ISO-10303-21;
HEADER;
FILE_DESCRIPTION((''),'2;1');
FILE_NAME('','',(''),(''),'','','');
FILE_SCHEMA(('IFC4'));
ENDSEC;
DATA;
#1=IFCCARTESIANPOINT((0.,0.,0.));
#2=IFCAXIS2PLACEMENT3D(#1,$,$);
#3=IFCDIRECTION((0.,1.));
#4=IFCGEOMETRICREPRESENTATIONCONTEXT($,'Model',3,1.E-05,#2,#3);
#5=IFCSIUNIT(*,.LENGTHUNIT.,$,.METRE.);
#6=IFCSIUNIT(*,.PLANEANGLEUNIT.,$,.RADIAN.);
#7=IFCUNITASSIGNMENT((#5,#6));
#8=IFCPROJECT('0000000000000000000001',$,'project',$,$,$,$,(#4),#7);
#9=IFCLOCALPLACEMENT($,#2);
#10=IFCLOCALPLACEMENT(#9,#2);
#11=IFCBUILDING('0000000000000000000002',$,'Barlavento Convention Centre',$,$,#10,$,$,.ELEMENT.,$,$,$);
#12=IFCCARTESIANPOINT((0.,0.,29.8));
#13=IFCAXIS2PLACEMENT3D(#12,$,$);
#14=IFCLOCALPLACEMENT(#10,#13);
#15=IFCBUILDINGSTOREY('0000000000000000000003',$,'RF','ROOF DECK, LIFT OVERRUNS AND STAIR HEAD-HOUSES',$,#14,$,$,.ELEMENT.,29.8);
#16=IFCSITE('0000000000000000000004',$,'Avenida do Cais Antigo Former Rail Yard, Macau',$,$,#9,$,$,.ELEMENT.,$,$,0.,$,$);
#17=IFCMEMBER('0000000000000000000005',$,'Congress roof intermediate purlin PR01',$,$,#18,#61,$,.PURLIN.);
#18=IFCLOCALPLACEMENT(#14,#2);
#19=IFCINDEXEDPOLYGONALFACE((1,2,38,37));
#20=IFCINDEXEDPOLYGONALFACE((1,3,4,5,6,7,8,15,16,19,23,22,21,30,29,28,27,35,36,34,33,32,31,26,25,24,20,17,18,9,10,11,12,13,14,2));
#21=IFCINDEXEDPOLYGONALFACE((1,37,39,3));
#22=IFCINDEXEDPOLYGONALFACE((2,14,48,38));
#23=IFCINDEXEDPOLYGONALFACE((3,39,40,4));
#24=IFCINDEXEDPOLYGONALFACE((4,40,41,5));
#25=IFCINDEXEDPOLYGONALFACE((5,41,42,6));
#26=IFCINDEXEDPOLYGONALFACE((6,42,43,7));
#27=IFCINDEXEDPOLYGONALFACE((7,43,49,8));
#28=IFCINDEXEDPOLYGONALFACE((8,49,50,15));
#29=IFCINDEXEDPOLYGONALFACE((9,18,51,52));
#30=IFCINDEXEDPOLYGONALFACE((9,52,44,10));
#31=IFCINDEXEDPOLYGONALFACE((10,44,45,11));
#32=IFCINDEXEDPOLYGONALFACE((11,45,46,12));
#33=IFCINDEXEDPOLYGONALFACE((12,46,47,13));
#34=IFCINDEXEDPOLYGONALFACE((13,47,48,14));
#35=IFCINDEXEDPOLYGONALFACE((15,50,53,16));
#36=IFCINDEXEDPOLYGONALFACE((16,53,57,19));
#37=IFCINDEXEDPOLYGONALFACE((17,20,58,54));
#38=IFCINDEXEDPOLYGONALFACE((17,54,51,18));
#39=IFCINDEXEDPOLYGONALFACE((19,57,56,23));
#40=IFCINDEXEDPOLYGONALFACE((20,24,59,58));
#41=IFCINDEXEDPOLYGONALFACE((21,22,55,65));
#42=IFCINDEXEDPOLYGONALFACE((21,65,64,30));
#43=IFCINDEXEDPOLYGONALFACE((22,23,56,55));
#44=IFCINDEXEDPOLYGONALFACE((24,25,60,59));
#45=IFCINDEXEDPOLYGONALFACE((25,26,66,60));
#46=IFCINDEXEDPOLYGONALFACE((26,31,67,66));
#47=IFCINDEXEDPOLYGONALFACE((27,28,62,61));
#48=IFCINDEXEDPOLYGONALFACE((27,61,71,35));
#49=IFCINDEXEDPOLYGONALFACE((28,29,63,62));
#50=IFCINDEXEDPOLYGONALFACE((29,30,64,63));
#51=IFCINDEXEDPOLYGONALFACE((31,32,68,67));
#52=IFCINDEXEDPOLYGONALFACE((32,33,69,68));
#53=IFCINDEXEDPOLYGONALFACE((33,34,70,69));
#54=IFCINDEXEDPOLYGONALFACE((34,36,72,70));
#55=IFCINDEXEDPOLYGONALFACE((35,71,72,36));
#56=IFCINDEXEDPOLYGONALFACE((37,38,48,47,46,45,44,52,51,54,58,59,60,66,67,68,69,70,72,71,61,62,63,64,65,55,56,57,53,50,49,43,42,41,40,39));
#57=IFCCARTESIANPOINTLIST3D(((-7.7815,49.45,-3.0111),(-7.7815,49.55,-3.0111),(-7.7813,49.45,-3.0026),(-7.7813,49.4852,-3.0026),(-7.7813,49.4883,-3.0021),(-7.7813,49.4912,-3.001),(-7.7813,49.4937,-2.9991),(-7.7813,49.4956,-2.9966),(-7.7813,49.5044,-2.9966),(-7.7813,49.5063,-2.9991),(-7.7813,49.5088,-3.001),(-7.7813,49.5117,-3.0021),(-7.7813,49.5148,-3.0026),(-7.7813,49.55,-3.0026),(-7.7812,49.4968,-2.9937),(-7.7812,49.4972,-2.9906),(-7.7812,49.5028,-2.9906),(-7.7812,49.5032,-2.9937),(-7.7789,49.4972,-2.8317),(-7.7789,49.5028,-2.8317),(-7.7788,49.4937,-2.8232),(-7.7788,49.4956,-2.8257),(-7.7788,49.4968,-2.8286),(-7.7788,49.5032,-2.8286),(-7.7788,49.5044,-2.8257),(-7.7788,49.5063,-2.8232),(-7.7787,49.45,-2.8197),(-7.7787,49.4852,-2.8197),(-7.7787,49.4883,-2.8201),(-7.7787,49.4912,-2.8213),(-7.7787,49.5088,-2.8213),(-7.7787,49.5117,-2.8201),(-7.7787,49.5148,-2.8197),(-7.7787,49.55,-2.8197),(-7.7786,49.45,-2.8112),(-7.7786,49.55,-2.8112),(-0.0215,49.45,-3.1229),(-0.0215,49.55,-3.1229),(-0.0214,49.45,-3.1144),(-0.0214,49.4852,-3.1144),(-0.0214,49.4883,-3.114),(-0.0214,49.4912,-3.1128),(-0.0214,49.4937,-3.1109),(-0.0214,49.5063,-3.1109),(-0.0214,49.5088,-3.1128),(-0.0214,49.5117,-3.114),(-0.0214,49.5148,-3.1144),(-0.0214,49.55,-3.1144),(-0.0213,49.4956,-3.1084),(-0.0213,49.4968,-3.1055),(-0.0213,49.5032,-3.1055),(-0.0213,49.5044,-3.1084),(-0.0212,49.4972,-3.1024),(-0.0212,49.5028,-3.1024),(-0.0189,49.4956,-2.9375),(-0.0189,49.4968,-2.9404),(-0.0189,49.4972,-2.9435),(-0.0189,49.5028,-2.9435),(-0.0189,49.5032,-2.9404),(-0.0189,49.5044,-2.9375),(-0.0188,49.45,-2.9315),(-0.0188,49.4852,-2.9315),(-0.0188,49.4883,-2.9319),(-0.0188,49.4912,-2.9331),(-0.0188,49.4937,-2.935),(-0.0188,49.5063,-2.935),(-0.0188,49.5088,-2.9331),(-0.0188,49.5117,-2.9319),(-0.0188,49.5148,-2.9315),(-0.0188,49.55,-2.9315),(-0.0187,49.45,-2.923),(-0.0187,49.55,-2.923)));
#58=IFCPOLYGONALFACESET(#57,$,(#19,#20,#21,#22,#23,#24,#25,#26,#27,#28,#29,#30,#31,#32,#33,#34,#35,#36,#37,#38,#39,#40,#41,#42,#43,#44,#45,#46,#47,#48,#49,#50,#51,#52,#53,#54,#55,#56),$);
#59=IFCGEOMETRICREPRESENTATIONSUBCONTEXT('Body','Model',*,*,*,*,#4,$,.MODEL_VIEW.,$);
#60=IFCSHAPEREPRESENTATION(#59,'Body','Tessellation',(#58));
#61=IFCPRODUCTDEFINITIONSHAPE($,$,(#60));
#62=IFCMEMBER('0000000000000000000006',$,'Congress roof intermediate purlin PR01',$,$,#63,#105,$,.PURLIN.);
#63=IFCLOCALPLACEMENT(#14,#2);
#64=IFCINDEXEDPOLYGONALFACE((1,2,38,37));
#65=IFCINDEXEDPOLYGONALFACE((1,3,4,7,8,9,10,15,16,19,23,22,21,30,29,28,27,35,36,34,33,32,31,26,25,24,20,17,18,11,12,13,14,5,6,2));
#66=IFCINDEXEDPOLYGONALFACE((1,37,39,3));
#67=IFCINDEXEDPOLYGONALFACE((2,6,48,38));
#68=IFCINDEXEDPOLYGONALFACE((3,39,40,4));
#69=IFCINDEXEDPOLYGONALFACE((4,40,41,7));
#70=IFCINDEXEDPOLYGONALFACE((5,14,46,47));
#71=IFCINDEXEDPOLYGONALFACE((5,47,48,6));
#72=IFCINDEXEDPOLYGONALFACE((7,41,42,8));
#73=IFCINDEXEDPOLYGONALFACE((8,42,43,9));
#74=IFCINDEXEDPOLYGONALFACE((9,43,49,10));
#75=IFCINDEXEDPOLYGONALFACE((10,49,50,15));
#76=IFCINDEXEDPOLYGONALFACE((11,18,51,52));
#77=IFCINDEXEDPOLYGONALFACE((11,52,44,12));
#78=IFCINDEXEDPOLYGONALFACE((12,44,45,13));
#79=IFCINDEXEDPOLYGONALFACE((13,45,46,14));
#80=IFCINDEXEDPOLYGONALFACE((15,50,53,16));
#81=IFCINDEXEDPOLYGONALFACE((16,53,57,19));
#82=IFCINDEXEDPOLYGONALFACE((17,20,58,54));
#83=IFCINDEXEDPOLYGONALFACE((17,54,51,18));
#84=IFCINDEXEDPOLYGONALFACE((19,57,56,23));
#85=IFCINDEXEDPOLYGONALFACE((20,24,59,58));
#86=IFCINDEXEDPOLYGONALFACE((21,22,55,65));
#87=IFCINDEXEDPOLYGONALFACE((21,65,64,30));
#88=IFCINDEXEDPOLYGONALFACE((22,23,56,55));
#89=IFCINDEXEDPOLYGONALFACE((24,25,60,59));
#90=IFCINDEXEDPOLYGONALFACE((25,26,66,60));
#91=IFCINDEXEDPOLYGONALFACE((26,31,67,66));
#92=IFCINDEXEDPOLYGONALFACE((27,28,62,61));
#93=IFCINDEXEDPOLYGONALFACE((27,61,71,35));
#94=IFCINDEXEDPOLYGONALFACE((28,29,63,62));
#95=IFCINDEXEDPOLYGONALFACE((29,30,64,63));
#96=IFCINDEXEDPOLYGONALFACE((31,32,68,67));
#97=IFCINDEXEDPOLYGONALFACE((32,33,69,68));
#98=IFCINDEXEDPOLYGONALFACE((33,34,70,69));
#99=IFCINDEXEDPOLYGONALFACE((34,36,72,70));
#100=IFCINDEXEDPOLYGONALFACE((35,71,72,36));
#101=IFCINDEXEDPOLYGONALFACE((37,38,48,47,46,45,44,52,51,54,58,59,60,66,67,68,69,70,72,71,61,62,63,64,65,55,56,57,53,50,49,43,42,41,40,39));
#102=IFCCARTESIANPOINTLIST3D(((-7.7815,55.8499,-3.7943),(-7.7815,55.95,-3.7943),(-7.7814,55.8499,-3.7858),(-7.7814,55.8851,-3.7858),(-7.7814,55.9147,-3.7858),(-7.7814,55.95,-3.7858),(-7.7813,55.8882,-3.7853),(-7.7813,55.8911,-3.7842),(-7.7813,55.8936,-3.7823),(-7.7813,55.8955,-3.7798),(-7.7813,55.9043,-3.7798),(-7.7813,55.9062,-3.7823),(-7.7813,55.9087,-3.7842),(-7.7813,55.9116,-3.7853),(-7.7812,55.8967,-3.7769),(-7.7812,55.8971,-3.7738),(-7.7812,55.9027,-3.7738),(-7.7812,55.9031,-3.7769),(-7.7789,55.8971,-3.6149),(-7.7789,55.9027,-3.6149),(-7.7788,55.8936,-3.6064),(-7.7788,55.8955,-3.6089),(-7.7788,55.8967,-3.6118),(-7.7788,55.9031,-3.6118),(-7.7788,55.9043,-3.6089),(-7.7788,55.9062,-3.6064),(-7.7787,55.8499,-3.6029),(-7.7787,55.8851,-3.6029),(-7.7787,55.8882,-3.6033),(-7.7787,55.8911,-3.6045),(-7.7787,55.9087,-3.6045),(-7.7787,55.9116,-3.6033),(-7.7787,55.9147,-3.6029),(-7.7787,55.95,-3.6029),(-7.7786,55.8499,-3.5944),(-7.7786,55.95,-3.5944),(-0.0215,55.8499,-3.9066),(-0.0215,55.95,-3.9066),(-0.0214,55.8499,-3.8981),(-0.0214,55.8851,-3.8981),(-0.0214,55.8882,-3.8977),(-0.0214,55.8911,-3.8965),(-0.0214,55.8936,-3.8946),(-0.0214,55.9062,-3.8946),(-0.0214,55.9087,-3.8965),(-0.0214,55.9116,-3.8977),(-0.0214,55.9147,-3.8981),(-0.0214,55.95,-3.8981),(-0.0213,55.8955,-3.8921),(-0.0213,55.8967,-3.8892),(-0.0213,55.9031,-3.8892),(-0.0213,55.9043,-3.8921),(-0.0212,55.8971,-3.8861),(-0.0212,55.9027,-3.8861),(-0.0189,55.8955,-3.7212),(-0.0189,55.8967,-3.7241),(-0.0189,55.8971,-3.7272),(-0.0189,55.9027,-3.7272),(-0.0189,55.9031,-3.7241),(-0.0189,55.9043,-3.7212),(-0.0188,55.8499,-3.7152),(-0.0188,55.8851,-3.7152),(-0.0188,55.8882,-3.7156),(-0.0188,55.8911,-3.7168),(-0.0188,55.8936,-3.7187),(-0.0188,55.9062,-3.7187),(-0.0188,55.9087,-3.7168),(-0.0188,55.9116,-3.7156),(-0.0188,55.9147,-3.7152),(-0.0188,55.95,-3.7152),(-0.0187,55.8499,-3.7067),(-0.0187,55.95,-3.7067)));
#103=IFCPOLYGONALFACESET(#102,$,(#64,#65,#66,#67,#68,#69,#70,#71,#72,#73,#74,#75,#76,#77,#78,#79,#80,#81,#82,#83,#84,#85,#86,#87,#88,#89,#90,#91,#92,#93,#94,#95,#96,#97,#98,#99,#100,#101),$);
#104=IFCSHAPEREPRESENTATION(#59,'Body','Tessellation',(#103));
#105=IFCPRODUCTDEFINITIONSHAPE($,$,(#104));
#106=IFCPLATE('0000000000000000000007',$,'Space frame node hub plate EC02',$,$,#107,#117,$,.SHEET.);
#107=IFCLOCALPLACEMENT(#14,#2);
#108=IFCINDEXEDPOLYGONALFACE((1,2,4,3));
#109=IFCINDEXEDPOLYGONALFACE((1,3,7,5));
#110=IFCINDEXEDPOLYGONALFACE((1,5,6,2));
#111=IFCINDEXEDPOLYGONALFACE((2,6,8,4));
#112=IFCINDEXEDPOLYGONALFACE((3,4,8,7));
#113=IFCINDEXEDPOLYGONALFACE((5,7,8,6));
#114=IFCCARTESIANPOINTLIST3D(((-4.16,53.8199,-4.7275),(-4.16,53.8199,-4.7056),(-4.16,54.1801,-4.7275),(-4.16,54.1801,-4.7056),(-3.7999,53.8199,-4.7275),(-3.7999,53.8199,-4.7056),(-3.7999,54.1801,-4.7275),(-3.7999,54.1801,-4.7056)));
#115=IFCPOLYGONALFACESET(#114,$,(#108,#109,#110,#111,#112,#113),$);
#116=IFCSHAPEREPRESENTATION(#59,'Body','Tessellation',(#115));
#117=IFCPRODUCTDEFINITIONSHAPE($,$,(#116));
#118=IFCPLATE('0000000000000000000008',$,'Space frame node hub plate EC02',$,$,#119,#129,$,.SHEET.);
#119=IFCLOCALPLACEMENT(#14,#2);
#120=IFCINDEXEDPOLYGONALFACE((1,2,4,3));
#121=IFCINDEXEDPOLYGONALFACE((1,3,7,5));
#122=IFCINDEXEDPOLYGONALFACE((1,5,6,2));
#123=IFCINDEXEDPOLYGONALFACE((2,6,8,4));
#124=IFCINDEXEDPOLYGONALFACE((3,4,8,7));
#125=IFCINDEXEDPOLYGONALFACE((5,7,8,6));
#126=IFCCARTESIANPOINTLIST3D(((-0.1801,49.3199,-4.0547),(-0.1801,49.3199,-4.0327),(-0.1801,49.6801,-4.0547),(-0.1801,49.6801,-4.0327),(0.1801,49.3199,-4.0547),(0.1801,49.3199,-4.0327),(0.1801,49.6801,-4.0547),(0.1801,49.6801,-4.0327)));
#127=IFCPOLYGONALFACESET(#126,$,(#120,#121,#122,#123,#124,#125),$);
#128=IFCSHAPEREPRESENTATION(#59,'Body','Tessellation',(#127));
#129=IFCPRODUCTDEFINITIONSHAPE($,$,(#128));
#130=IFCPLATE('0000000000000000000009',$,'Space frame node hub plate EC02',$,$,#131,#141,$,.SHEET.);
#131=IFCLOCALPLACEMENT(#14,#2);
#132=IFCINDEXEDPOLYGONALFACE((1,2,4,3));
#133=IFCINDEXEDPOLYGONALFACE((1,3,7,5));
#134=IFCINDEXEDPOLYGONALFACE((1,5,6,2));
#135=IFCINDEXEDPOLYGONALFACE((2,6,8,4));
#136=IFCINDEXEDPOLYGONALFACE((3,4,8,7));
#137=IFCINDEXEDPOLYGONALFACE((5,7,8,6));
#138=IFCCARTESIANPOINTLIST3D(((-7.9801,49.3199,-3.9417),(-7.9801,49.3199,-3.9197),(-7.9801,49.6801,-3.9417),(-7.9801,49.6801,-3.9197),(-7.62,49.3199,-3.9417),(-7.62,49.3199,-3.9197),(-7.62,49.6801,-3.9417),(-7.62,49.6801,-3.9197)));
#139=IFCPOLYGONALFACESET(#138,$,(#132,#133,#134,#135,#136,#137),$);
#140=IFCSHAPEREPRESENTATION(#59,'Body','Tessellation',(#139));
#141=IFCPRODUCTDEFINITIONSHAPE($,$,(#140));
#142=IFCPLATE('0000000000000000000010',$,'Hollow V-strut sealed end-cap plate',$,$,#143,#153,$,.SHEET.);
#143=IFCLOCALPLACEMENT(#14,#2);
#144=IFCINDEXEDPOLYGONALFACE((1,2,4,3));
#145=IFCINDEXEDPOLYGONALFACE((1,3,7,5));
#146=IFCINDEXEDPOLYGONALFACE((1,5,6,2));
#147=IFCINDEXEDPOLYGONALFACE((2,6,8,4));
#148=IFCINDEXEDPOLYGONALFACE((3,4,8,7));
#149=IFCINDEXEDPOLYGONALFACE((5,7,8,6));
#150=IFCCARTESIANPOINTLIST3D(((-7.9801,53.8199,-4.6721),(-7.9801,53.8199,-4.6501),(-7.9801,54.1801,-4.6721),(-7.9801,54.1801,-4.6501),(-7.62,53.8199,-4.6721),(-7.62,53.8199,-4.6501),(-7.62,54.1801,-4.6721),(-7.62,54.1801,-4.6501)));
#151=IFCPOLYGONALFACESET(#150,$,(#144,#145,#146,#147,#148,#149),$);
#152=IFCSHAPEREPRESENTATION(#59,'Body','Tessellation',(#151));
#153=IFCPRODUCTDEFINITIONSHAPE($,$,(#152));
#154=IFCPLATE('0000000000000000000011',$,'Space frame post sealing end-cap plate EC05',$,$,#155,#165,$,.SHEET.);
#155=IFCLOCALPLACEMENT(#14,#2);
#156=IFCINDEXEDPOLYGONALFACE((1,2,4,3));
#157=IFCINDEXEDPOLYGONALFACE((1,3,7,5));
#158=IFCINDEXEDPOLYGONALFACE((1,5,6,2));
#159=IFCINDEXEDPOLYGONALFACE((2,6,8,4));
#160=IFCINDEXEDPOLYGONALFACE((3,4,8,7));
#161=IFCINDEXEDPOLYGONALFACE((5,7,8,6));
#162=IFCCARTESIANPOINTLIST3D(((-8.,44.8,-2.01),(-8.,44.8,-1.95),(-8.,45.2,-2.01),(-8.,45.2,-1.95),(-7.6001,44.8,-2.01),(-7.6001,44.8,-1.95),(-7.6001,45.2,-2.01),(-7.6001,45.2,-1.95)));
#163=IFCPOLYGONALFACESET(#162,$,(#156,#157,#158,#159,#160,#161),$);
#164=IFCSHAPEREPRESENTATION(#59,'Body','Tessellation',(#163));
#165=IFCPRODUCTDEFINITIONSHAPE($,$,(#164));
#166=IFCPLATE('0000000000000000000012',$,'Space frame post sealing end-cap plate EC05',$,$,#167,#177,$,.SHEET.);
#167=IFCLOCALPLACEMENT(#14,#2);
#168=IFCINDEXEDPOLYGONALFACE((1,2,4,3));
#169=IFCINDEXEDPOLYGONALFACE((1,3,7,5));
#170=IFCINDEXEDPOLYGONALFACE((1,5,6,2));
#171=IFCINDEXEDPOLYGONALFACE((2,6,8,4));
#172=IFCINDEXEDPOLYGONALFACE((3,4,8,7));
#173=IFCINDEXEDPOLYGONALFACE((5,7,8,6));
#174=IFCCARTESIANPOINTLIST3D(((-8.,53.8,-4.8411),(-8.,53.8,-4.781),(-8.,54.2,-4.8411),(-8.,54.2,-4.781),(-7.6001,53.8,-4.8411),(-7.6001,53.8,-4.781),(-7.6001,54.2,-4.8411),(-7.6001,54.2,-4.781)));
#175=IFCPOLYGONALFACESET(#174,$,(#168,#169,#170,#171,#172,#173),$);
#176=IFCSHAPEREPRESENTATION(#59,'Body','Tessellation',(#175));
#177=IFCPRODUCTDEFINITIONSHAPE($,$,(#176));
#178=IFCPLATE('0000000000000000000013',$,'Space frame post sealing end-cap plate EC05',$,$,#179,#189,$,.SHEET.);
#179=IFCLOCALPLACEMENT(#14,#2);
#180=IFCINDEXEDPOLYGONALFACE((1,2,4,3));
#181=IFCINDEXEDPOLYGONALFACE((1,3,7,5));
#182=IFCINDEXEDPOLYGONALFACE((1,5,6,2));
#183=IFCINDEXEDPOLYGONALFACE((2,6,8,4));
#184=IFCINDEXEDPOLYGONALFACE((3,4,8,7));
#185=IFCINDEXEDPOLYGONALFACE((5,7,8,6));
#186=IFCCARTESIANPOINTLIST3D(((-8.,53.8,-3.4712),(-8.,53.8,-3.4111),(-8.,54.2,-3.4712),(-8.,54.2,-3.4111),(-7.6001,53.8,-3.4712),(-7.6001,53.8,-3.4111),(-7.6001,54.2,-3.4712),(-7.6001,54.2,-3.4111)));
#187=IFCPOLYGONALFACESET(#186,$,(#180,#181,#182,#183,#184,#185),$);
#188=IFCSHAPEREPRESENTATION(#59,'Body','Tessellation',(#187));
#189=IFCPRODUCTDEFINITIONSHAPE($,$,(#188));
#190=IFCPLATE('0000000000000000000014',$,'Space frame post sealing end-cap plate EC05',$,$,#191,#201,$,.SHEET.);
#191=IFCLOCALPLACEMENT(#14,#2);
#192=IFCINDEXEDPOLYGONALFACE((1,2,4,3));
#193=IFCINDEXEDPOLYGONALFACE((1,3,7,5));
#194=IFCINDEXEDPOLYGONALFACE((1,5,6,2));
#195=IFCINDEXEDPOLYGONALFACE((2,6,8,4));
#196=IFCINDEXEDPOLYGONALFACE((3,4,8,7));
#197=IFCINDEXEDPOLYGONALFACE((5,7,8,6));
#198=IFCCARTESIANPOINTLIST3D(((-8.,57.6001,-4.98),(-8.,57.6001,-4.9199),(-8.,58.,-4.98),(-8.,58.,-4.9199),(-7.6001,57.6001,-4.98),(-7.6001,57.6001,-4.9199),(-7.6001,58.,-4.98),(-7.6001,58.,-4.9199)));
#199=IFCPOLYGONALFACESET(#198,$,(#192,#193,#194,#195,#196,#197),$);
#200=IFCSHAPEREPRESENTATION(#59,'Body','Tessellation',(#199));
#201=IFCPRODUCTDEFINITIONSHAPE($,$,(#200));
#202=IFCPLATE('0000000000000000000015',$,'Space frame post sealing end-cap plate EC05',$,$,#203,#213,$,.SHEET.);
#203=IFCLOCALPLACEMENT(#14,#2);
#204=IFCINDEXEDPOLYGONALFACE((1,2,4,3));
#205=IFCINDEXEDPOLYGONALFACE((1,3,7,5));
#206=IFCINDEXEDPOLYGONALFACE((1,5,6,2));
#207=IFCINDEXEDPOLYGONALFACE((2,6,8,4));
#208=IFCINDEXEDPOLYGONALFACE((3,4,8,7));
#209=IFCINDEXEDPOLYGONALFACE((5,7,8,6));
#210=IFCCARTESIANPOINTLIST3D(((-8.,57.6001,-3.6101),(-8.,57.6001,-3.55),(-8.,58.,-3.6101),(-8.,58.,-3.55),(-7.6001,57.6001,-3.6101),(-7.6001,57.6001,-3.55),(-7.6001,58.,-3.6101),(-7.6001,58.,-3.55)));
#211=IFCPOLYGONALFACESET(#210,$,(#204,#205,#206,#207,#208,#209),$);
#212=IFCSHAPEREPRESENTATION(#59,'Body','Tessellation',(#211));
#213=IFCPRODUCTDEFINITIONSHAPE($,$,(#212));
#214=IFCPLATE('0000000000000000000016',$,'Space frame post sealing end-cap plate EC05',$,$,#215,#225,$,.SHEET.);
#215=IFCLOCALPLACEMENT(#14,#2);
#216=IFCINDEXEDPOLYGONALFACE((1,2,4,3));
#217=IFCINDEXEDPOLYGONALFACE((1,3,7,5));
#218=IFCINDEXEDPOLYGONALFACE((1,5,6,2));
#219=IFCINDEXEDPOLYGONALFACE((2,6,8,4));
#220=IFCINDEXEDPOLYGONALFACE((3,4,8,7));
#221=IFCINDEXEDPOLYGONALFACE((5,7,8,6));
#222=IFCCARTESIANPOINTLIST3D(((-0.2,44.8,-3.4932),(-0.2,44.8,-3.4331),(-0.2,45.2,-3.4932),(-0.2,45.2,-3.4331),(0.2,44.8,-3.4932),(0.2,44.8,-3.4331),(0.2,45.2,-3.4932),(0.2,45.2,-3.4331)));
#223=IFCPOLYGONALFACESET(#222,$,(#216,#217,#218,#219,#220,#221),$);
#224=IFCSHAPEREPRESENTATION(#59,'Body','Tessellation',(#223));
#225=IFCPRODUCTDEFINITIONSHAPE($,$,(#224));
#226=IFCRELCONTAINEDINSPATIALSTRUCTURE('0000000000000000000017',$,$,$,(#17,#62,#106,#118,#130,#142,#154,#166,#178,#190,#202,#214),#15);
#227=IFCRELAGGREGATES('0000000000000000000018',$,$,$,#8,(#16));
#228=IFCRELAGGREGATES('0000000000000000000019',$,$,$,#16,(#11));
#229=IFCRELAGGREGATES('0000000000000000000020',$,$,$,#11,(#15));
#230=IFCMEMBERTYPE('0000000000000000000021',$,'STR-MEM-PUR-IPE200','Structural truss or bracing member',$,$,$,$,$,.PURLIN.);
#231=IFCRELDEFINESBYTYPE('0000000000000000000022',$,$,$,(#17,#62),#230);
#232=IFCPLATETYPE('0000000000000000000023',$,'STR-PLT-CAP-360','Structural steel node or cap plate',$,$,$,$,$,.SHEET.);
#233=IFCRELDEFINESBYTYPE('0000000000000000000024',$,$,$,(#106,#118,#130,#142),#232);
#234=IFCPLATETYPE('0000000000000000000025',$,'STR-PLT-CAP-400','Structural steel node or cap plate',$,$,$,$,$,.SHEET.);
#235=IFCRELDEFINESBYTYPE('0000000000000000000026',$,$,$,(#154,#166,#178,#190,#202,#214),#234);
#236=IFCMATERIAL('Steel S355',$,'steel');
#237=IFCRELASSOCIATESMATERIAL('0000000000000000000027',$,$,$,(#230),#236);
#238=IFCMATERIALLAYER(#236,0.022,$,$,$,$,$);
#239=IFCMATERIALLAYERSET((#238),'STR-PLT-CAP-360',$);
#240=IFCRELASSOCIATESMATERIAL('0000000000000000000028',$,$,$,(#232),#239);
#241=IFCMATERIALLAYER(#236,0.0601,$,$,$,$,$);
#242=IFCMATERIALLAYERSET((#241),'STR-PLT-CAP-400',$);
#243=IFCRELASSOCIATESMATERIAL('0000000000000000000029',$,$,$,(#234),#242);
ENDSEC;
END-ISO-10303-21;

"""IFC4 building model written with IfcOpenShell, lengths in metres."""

from ifc_helpers import new_model, si_unit, direction, frame, origin, origin_2d, place, context, subcontext, project, spatial, rectangle, i_section, extrude, material, layer, layer_set, material_profile, profile_set, type_object, element, save


model = new_model("IFC4")

# Units and contexts
model_context = context("Model", 3, precision=1e-05, world=origin(), true_north=direction((0.0, 1.0)))
body_context = subcontext(model_context, "Body", "Model", "MODEL_VIEW")
ifc_project = project(units=[si_unit("LENGTHUNIT", "METRE"), si_unit("PLANEANGLEUNIT", "RADIAN")], contexts=[model_context])

# Site, building, storey
site_placement = place(None, origin())
site = spatial("IfcSite", under=ifc_project, at=site_placement, Name="Avenida do Cais Antigo Former Rail Yard, Macau", CompositionType="ELEMENT", RefElevation=0.0)
building_placement = place(site_placement, origin())
building = spatial("IfcBuilding", under=site, at=building_placement, Name="Barlavento Convention Centre", CompositionType="ELEMENT")
storey_placement = place(building_placement, frame((0.0, 0.0, 29.8)))
storey = spatial("IfcBuildingStorey", under=building, at=storey_placement, Name="RF", Description="ROOF DECK, LIFT OVERRUNS AND STAIR HEAD-HOUSES", CompositionType="ELEMENT", Elevation=29.8)

# Shared definitions
ifc_material_1 = material(Name="Steel S355", Category="steel")

# Members
ifc_material_profile_1 = material_profile(ifc_material_1, i_section(OverallWidth=0.1001, OverallDepth=0.2, WebThickness=0.0056, FlangeThickness=0.0085, FilletRadius=0.012, at=origin_2d()), Name="IPE 200")
ifc_profile_set_1 = profile_set([ifc_material_profile_1], Name="Steel S355")
member_type_1 = type_object("IfcMemberType", Name="STR-MEM-PUR-IPE200", Description="Structural truss or bracing member", PredefinedType="PURLIN", material=ifc_profile_set_1)
for number, where, z_axis, x_axis, name in (
    (1, (-7.78, 49.5, -2.9111), (0.999896, 0.0, -0.014408), (0.0, 1.0, 0.0), "Congress roof intermediate purlin PR01"),
    (2, (-7.78, 55.8999, -3.6943), (0.999895, 0.0, -0.014471), (0.0, 1.0, 0.0), "Congress roof intermediate purlin PR01"),
):
    element("IfcMember", number, at=place(storey_placement, frame(where, z_axis=z_axis, x_axis=x_axis)), inside=storey, type_object=member_type_1, Name=name, PredefinedType="PURLIN", context=body_context, shape_type="SweptSolid", body=[
        extrude(i_section(OverallWidth=0.1001, OverallDepth=0.2, WebThickness=0.0056, FlangeThickness=0.0085, FilletRadius=0.012, at=origin_2d()), origin(), (0.0, 0.0, 1.0), 7.7607),
    ])

# Plates
ifc_layer_1 = layer(ifc_material_1, 0.022)
ifc_layer_set_1 = layer_set([ifc_layer_1], Name="STR-PLT-CAP-360")
plate_type_1 = type_object("IfcPlateType", Name="STR-PLT-CAP-360", Description="Structural steel node or cap plate", PredefinedType="SHEET", material=ifc_layer_set_1)
for number, where, z_axis, x_axis, name in (
    (3, (-3.98, 54.0, -4.7275), (0.0, 0.0, 1.0), (1.0, 0.0, 0.0), "Space frame node hub plate EC02"),
    (4, (0.0, 49.5, -4.0547), (0.0, 0.0, 1.0), (1.0, 0.0, 0.0), "Space frame node hub plate EC02"),
    (5, (-7.8, 49.5, -3.9417), (0.0, 0.0, 1.0), (1.0, 0.0, 0.0), "Space frame node hub plate EC02"),
    (6, (-7.8, 54.0, -4.6721), (0.0, 0.0, 1.0), (1.0, 0.0, 0.0), "Hollow V-strut sealed end-cap plate"),
):
    element("IfcPlate", number, at=place(storey_placement, frame(where, z_axis=z_axis, x_axis=x_axis)), inside=storey, type_object=plate_type_1, Name=name, PredefinedType="SHEET", context=body_context, shape_type="SweptSolid", body=[
        extrude(rectangle(XDim=0.3601, YDim=0.3601, at=origin_2d()), origin(), (0.0, 0.0, 1.0), 0.022),
    ])
ifc_layer_2 = layer(ifc_material_1, 0.0601)
ifc_layer_set_2 = layer_set([ifc_layer_2], Name="STR-PLT-CAP-400")
plate_type_2 = type_object("IfcPlateType", Name="STR-PLT-CAP-400", Description="Structural steel node or cap plate", PredefinedType="SHEET", material=ifc_layer_set_2)
for number, where, z_axis, x_axis, name in (
    (7, (-7.8, 45.0, -2.01), (0.0, 0.0, 1.0), (1.0, 0.0, 0.0), "Space frame post sealing end-cap plate EC05"),
    (8, (-7.8, 54.0, -4.8411), (0.0, 0.0, 1.0), (1.0, 0.0, 0.0), "Space frame post sealing end-cap plate EC05"),
    (9, (-7.8, 54.0, -3.4712), (0.0, 0.0, 1.0), (1.0, 0.0, 0.0), "Space frame post sealing end-cap plate EC05"),
    (10, (-7.8, 57.8, -4.98), (0.0, 0.0, 1.0), (1.0, 0.0, 0.0), "Space frame post sealing end-cap plate EC05"),
    (11, (-7.8, 57.8, -3.6101), (0.0, 0.0, 1.0), (1.0, 0.0, 0.0), "Space frame post sealing end-cap plate EC05"),
    (12, (0.0, 45.0, -3.4932), (0.0, 0.0, 1.0), (1.0, 0.0, 0.0), "Space frame post sealing end-cap plate EC05"),
):
    element("IfcPlate", number, at=place(storey_placement, frame(where, z_axis=z_axis, x_axis=x_axis)), inside=storey, type_object=plate_type_2, Name=name, PredefinedType="SHEET", context=body_context, shape_type="SweptSolid", body=[
        extrude(rectangle(XDim=0.3999, YDim=0.3999, at=origin_2d()), origin(), (0.0, 0.0, 1.0), 0.0601),
    ])

save(model, "model.ifc")
